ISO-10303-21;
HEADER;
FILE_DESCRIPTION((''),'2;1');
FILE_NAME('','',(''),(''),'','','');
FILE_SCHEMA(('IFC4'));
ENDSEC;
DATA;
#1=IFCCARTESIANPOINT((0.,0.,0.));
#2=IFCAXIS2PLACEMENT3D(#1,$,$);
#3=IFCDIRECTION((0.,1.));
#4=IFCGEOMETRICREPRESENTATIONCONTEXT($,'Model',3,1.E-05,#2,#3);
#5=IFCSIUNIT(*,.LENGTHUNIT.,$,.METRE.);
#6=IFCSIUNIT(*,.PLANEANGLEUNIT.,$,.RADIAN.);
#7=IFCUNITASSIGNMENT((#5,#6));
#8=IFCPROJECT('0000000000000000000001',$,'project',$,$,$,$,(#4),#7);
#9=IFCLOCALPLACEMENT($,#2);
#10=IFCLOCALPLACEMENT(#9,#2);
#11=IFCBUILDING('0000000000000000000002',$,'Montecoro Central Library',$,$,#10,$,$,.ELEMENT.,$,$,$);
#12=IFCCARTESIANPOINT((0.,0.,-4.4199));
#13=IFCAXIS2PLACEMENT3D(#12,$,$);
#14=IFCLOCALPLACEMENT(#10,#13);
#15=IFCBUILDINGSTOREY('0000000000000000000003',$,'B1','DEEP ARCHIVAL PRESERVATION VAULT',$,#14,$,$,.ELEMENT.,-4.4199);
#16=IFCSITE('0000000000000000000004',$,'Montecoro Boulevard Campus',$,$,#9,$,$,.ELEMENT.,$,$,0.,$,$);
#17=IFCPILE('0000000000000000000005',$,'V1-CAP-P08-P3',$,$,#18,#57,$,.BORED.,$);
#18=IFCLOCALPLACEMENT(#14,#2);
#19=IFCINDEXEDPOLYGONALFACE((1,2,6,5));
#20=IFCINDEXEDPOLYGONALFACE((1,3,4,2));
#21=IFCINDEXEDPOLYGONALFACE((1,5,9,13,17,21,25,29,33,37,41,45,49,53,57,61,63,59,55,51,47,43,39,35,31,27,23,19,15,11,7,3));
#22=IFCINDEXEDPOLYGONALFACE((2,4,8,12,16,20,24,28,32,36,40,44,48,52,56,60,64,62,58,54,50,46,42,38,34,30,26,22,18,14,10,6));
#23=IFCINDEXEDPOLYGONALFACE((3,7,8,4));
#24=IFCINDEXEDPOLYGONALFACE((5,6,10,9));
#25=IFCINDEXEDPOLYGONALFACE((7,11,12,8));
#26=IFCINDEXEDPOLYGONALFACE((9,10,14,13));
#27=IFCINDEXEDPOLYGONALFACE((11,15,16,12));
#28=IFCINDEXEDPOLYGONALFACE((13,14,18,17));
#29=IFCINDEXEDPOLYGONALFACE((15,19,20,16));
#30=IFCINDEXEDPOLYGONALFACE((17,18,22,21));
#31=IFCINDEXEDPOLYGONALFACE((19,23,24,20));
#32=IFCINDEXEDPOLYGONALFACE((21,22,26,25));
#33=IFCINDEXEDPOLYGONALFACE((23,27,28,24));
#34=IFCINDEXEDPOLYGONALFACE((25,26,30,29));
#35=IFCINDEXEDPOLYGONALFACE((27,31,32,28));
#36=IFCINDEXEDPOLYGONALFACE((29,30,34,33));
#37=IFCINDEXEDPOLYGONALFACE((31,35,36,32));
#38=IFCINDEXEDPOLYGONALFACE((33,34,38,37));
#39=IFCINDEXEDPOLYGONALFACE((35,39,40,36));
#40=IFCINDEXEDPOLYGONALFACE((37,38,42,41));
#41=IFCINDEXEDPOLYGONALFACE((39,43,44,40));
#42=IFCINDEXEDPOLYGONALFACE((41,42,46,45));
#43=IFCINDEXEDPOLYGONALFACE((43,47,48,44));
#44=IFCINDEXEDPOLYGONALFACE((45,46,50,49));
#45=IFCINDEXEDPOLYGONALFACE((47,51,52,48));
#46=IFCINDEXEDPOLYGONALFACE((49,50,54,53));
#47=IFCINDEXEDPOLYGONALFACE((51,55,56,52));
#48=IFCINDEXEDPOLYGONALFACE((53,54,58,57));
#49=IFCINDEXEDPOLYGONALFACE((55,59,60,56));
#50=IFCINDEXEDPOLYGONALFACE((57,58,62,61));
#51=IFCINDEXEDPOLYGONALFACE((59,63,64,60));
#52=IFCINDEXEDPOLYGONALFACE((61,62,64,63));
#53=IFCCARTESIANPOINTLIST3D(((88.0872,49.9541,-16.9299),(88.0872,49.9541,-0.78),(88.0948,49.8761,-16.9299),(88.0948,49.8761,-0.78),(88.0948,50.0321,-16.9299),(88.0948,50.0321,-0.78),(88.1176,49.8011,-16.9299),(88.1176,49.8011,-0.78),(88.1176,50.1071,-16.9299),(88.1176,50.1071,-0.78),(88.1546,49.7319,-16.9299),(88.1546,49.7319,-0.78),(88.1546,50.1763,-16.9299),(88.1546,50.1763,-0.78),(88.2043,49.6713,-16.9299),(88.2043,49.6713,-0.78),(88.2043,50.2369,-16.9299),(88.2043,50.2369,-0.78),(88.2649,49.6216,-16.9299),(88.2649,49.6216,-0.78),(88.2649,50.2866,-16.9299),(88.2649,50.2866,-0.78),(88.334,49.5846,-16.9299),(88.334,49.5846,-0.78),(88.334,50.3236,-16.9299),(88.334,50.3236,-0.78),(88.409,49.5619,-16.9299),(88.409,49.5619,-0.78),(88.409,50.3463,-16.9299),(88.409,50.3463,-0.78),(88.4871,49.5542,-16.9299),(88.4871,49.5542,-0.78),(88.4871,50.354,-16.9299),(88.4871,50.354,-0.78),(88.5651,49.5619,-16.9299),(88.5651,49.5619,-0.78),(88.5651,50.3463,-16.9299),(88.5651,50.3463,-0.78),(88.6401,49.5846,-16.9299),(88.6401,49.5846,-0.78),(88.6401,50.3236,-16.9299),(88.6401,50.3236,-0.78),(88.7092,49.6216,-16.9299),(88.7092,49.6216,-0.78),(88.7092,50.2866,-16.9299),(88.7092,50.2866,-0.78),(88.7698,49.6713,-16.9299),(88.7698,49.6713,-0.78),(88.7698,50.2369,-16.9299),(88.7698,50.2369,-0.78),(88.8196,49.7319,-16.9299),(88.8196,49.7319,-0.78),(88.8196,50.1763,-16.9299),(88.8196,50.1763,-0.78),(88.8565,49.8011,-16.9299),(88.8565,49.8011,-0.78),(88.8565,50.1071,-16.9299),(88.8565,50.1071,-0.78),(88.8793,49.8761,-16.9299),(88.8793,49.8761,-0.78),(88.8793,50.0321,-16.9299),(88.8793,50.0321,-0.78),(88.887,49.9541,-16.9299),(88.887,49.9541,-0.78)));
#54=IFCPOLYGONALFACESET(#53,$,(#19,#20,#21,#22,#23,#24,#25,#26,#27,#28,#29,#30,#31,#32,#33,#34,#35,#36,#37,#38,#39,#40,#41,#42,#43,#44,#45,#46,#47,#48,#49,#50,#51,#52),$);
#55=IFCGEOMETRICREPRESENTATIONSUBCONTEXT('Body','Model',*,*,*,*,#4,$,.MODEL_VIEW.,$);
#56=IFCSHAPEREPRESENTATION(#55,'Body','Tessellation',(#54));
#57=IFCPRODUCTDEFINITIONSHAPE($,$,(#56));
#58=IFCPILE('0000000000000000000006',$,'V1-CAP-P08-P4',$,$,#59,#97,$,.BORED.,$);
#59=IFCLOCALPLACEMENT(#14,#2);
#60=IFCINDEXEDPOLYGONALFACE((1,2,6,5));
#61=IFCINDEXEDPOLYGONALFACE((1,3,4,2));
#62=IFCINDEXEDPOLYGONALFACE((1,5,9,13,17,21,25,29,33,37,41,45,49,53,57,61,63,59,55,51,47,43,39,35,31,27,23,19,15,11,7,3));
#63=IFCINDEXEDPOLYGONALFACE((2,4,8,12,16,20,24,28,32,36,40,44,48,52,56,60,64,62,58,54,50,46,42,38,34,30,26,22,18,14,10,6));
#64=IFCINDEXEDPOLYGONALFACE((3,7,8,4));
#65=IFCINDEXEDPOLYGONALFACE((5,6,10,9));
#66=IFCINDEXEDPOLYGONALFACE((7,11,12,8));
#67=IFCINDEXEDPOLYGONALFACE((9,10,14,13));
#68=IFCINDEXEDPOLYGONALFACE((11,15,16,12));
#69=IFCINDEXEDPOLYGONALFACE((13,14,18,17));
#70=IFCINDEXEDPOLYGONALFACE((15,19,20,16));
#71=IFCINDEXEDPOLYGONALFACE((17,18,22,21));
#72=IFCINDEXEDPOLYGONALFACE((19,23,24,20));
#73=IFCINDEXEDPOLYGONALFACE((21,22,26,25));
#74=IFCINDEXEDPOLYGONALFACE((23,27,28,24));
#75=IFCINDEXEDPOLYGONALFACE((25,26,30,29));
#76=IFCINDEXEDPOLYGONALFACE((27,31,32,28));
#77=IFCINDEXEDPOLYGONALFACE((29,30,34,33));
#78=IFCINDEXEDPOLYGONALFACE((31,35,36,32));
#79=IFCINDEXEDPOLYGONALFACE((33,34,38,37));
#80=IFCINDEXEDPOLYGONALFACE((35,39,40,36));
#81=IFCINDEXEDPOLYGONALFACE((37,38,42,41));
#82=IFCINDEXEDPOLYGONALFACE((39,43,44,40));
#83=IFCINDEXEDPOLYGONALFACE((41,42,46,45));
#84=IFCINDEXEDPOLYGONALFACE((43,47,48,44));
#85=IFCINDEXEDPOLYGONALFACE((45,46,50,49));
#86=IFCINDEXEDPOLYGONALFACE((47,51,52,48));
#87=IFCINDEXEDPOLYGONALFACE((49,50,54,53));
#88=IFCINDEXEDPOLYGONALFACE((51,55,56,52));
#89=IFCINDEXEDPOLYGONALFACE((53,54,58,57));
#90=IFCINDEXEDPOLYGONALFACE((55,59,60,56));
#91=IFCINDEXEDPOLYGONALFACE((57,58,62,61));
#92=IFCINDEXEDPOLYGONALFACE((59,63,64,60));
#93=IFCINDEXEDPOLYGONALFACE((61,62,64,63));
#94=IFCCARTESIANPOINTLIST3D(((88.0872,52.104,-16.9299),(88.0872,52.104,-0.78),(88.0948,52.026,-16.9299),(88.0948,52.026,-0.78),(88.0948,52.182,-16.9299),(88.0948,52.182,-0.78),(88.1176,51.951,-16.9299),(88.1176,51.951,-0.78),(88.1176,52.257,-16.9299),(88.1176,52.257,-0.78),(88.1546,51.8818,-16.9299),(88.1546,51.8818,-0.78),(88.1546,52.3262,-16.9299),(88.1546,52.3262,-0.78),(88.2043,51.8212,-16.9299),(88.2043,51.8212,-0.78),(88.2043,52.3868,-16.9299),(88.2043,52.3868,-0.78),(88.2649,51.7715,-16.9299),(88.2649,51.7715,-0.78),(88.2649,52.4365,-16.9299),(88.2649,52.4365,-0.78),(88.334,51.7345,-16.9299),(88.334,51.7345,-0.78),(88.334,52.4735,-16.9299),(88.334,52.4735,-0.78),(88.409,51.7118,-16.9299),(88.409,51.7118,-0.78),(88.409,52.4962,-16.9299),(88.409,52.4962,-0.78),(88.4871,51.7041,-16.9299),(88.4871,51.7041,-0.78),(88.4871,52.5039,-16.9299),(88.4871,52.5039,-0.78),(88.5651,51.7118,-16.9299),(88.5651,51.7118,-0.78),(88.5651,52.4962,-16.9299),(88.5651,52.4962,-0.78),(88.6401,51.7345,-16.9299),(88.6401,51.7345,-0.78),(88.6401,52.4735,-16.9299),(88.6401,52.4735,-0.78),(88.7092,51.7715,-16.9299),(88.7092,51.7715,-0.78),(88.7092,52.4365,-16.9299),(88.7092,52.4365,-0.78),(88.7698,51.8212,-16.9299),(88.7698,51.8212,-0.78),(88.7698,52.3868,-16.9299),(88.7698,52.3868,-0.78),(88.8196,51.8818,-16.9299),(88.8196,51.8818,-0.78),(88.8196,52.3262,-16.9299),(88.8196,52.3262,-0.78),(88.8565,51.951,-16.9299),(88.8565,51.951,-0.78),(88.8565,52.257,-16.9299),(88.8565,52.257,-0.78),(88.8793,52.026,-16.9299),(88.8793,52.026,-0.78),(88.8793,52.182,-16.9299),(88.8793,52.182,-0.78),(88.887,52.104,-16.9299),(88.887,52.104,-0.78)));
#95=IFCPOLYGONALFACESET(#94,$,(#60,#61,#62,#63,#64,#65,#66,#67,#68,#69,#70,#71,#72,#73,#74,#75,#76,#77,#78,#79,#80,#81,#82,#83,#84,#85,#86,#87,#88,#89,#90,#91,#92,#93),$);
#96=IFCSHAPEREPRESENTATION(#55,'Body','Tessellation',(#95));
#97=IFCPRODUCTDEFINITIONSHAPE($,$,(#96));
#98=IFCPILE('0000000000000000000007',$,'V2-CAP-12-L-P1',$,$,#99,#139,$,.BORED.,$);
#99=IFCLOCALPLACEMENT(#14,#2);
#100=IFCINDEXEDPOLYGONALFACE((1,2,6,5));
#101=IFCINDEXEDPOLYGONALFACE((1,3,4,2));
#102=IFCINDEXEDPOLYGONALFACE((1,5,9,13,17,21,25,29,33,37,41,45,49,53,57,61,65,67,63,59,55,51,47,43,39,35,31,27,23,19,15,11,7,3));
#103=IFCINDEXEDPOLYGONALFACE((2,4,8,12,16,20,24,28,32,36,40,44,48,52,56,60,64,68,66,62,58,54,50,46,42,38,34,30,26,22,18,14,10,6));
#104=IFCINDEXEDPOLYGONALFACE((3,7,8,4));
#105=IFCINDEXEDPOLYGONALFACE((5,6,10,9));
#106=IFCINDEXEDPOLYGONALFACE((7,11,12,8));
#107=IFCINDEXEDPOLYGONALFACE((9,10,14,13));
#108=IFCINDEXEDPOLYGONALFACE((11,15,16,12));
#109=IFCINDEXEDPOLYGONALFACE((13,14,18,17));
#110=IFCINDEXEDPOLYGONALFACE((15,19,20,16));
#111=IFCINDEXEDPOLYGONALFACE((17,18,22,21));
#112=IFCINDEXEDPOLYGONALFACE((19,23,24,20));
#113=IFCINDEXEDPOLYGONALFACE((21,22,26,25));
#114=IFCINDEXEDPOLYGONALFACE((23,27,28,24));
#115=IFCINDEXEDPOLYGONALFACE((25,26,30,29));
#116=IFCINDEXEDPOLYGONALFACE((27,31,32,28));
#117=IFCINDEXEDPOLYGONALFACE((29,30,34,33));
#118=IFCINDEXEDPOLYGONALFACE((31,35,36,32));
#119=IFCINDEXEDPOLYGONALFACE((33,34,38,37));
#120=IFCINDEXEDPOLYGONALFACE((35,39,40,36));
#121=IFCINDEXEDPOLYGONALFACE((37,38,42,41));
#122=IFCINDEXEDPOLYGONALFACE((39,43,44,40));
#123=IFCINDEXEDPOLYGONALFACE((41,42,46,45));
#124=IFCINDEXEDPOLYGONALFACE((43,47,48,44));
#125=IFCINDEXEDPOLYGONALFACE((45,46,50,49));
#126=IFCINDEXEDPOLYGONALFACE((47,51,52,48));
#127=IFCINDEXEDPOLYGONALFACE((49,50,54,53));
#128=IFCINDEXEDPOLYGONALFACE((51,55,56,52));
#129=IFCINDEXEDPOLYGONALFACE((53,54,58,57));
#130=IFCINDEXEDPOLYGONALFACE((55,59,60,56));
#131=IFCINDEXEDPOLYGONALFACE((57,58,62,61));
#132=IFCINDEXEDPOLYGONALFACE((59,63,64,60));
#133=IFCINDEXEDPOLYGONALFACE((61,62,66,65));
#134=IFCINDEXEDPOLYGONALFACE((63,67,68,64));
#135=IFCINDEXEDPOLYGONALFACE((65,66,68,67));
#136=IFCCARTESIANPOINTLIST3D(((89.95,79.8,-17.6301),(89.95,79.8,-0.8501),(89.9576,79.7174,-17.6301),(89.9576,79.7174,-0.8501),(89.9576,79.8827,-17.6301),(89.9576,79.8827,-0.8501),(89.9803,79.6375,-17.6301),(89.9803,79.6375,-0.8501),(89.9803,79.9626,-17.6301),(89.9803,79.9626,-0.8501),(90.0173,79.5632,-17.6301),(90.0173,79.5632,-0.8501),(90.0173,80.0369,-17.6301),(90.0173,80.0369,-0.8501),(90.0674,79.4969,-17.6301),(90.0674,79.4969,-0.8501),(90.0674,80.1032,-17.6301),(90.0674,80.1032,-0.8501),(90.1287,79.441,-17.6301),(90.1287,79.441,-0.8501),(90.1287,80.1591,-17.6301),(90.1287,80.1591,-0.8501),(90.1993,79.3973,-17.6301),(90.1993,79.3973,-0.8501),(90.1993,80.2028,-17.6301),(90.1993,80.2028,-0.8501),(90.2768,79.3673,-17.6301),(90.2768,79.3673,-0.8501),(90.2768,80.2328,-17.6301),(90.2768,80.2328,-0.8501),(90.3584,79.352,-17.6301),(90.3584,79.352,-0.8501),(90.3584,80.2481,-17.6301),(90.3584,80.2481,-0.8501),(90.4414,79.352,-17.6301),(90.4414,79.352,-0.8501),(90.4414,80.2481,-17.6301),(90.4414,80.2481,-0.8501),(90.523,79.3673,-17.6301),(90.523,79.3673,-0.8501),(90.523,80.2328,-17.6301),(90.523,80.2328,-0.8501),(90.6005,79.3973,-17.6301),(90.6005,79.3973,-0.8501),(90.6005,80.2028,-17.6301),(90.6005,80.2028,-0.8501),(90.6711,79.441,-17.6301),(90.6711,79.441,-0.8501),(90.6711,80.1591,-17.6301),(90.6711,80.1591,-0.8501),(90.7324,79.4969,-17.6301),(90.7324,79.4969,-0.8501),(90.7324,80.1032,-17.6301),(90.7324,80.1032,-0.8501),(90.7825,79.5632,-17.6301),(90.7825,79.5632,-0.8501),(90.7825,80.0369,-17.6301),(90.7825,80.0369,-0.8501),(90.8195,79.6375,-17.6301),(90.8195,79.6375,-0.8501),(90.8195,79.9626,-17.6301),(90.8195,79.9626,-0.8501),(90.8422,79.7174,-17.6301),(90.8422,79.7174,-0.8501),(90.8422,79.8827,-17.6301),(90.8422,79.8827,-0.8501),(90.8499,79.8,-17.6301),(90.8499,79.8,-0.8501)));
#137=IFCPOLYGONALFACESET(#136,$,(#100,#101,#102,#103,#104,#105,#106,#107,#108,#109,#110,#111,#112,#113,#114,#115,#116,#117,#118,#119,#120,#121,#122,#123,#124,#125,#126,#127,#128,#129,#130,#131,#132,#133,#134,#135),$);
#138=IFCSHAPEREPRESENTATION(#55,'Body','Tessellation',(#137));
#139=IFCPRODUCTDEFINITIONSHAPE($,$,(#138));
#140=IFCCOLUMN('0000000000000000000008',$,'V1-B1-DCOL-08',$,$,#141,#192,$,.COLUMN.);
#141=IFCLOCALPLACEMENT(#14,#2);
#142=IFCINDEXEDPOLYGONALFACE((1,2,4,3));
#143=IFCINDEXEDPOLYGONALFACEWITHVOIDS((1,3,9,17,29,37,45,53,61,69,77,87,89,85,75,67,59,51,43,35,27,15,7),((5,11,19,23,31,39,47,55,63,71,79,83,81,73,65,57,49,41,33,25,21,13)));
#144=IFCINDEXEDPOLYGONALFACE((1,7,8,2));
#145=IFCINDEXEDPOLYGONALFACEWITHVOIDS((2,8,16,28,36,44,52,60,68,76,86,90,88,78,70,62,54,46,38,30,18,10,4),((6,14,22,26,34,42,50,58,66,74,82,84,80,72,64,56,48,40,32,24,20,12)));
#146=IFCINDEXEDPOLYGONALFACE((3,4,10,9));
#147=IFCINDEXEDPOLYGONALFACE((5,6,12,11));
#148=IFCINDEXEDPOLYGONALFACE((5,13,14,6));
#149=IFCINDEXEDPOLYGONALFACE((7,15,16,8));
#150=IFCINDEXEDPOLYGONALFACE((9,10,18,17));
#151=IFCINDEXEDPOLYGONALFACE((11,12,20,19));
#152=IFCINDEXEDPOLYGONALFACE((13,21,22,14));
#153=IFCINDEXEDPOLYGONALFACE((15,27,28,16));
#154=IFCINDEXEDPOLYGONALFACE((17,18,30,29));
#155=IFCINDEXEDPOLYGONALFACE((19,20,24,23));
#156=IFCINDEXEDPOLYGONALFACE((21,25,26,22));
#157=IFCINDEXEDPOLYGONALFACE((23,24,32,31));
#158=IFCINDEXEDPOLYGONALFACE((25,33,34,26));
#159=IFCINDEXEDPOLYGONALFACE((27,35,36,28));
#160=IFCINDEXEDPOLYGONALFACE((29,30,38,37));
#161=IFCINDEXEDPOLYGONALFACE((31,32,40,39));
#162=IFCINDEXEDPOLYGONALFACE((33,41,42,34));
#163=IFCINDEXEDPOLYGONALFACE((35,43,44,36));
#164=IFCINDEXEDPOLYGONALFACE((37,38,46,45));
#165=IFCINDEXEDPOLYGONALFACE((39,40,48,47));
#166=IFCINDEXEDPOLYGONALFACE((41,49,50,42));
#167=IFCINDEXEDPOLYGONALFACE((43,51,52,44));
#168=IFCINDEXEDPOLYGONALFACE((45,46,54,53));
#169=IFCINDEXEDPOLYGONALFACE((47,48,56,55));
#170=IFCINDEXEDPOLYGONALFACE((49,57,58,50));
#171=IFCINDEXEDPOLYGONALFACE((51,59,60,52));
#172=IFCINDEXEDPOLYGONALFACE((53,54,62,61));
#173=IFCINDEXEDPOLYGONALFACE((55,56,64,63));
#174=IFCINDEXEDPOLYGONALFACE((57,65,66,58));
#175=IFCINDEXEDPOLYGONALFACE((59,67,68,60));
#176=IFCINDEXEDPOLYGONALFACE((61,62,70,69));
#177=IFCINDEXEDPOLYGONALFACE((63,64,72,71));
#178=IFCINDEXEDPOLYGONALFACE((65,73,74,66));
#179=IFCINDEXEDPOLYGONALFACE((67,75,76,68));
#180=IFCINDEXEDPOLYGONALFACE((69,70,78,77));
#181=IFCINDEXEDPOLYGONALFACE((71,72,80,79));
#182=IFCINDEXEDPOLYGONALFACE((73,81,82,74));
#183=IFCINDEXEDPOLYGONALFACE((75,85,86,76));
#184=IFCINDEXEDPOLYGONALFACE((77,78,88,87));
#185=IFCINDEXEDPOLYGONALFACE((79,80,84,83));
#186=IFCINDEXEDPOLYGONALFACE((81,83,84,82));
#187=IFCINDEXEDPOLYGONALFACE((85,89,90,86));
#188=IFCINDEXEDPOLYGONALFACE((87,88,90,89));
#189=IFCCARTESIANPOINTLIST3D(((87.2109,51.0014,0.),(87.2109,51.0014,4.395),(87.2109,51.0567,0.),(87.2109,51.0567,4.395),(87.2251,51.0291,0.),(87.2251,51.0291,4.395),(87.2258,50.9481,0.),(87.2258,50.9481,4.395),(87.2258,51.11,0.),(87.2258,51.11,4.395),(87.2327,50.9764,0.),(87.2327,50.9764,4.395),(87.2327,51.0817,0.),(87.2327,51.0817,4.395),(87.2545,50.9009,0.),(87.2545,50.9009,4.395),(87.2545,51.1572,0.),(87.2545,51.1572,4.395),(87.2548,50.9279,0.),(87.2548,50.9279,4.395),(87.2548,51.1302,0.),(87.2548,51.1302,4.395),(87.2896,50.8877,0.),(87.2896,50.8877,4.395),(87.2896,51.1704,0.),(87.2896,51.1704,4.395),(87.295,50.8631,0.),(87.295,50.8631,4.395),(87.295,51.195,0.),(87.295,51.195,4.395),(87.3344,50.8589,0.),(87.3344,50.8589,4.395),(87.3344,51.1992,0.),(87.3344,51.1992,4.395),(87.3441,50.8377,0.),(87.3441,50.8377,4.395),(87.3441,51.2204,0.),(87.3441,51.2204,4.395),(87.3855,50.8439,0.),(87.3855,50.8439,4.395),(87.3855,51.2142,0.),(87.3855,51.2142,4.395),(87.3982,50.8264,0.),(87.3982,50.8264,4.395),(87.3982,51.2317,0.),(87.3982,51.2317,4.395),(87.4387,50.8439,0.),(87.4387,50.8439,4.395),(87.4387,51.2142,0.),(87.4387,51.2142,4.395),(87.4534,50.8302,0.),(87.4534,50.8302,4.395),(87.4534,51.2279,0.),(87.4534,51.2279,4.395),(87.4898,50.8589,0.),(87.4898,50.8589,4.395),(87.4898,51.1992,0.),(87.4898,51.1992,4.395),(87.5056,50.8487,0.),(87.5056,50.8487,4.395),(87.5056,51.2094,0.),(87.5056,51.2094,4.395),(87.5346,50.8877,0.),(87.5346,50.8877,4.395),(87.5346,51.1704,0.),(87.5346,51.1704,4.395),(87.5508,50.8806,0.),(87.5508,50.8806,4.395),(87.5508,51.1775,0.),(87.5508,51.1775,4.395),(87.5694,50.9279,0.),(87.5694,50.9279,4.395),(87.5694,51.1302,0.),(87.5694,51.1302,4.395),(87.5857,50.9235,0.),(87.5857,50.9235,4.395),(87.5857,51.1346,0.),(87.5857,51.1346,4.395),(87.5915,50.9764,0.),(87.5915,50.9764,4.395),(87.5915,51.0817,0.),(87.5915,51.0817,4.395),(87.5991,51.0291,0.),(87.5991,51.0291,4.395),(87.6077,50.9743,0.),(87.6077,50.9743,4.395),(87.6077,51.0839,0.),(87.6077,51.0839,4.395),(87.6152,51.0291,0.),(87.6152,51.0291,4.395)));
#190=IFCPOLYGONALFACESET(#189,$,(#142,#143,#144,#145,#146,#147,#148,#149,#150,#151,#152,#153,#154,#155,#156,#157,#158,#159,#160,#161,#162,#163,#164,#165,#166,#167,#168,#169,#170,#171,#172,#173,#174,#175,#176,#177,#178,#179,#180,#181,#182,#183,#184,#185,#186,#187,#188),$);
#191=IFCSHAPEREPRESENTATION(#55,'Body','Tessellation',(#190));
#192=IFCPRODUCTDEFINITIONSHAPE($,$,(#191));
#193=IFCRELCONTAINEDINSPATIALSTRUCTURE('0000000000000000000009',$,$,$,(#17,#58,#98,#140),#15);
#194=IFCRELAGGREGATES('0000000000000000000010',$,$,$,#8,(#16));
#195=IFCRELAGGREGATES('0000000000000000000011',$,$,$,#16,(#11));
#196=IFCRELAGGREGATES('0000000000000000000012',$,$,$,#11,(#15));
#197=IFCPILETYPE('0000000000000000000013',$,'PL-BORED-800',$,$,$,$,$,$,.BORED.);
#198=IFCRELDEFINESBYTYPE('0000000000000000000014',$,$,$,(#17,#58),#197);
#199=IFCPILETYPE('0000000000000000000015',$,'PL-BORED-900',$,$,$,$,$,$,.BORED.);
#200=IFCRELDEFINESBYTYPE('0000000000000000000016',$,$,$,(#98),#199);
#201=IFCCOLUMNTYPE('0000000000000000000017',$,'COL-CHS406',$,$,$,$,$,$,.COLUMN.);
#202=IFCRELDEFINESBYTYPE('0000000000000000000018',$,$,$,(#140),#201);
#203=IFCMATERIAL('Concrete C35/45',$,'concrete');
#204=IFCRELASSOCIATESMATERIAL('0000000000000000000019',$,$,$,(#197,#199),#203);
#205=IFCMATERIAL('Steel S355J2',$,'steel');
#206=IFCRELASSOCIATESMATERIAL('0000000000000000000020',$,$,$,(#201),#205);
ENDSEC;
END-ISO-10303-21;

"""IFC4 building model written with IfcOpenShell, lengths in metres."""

from ifc_helpers import new_model, si_unit, direction, frame, origin, origin_2d, place, context, subcontext, project, spatial, circle, hollow_circle, extrude, material, material_profile, profile_set, type_object, element, save


model = new_model("IFC4")

# Units and contexts
model_context = context("Model", 3, precision=1e-05, world=origin(), true_north=direction((0.0, 1.0)))
body_context = subcontext(model_context, "Body", "Model", "MODEL_VIEW")
ifc_project = project(units=[si_unit("LENGTHUNIT", "METRE"), si_unit("PLANEANGLEUNIT", "RADIAN")], contexts=[model_context])

# Site, building, storey
site_placement = place(None, origin())
site = spatial("IfcSite", under=ifc_project, at=site_placement, Name="Montecoro Boulevard Campus", CompositionType="ELEMENT", RefElevation=0.0)
building_placement = place(site_placement, origin())
building = spatial("IfcBuilding", under=site, at=building_placement, Name="Montecoro Central Library", CompositionType="ELEMENT")
storey_placement = place(building_placement, frame((0.0, 0.0, -4.4199)))
storey = spatial("IfcBuildingStorey", under=building, at=storey_placement, Name="B1", Description="DEEP ARCHIVAL PRESERVATION VAULT", CompositionType="ELEMENT", Elevation=-4.4199)

# Shared definitions
ifc_material_1 = material(Name="Concrete C35/45", Category="concrete")

# Piles
ifc_material_profile_1 = material_profile(ifc_material_1, circle(Radius=0.3999, at=origin_2d()), Name="PILE D800")
ifc_profile_set_1 = profile_set([ifc_material_profile_1], Name="Concrete C35/45")
pile_type_1 = type_object("IfcPileType", Name="PL-BORED-800", PredefinedType="BORED", material=ifc_profile_set_1)
for number, where, z_axis, x_axis, name in (
    (1, (88.4871, 49.9541, -0.78), (0.0, 0.0, -1.0), (1.0, 0.0, 0.0), "V1-CAP-P08-P3"),
    (2, (88.4871, 52.104, -0.78), (0.0, 0.0, -1.0), (1.0, 0.0, 0.0), "V1-CAP-P08-P4"),
):
    element("IfcPile", number, at=place(storey_placement, frame(where, z_axis=z_axis, x_axis=x_axis)), inside=storey, type_object=pile_type_1, Name=name, PredefinedType="BORED", context=body_context, shape_type="SweptSolid", body=[
        extrude(circle(Radius=0.3999, at=origin_2d()), origin(), (0.0, 0.0, 1.0), 16.1499),
    ])
ifc_material_profile_2 = material_profile(ifc_material_1, circle(Radius=0.45, at=origin_2d()), Name="PILE D900")
ifc_profile_set_2 = profile_set([ifc_material_profile_2], Name="Concrete C35/45")
pile_type_2 = type_object("IfcPileType", Name="PL-BORED-900", PredefinedType="BORED", material=ifc_profile_set_2)
pile_1_placement = place(storey_placement, frame((90.3999, 79.8, -0.8501), z_axis=(0.0, 0.0, -1.0), x_axis=(1.0, 0.0, 0.0)))
element("IfcPile", 3, at=pile_1_placement, inside=storey, type_object=pile_type_2, Name="V2-CAP-12-L-P1", PredefinedType="BORED", context=body_context, shape_type="SweptSolid", body=[
    extrude(circle(Radius=0.45, at=origin_2d()), origin(), (0.0, 0.0, 1.0), 16.78),
])

# Column
ifc_material_2 = material(Name="Steel S355J2", Category="steel")
ifc_material_profile_3 = material_profile(ifc_material_2, hollow_circle(Radius=0.2031, WallThickness=0.0161, at=origin_2d()), Name="CHS 406.4x16.0")
ifc_profile_set_3 = profile_set([ifc_material_profile_3], Name="Steel S355J2")
column_type_1 = type_object("IfcColumnType", Name="COL-CHS406", PredefinedType="COLUMN", material=ifc_profile_set_3)
column_1_placement = place(storey_placement, frame((87.4121, 51.0291, 0.0), z_axis=(0.0, 0.0, 1.0), x_axis=(1.0, 0.0, 0.0)))
element("IfcColumn", 4, at=column_1_placement, inside=storey, type_object=column_type_1, Name="V1-B1-DCOL-08", PredefinedType="COLUMN", context=body_context, shape_type="SweptSolid", body=[
    extrude(hollow_circle(Radius=0.2031, WallThickness=0.0161, at=origin_2d()), origin(), (0.0, 0.0, 1.0), 4.395),
])

save(model, "model.ifc")
